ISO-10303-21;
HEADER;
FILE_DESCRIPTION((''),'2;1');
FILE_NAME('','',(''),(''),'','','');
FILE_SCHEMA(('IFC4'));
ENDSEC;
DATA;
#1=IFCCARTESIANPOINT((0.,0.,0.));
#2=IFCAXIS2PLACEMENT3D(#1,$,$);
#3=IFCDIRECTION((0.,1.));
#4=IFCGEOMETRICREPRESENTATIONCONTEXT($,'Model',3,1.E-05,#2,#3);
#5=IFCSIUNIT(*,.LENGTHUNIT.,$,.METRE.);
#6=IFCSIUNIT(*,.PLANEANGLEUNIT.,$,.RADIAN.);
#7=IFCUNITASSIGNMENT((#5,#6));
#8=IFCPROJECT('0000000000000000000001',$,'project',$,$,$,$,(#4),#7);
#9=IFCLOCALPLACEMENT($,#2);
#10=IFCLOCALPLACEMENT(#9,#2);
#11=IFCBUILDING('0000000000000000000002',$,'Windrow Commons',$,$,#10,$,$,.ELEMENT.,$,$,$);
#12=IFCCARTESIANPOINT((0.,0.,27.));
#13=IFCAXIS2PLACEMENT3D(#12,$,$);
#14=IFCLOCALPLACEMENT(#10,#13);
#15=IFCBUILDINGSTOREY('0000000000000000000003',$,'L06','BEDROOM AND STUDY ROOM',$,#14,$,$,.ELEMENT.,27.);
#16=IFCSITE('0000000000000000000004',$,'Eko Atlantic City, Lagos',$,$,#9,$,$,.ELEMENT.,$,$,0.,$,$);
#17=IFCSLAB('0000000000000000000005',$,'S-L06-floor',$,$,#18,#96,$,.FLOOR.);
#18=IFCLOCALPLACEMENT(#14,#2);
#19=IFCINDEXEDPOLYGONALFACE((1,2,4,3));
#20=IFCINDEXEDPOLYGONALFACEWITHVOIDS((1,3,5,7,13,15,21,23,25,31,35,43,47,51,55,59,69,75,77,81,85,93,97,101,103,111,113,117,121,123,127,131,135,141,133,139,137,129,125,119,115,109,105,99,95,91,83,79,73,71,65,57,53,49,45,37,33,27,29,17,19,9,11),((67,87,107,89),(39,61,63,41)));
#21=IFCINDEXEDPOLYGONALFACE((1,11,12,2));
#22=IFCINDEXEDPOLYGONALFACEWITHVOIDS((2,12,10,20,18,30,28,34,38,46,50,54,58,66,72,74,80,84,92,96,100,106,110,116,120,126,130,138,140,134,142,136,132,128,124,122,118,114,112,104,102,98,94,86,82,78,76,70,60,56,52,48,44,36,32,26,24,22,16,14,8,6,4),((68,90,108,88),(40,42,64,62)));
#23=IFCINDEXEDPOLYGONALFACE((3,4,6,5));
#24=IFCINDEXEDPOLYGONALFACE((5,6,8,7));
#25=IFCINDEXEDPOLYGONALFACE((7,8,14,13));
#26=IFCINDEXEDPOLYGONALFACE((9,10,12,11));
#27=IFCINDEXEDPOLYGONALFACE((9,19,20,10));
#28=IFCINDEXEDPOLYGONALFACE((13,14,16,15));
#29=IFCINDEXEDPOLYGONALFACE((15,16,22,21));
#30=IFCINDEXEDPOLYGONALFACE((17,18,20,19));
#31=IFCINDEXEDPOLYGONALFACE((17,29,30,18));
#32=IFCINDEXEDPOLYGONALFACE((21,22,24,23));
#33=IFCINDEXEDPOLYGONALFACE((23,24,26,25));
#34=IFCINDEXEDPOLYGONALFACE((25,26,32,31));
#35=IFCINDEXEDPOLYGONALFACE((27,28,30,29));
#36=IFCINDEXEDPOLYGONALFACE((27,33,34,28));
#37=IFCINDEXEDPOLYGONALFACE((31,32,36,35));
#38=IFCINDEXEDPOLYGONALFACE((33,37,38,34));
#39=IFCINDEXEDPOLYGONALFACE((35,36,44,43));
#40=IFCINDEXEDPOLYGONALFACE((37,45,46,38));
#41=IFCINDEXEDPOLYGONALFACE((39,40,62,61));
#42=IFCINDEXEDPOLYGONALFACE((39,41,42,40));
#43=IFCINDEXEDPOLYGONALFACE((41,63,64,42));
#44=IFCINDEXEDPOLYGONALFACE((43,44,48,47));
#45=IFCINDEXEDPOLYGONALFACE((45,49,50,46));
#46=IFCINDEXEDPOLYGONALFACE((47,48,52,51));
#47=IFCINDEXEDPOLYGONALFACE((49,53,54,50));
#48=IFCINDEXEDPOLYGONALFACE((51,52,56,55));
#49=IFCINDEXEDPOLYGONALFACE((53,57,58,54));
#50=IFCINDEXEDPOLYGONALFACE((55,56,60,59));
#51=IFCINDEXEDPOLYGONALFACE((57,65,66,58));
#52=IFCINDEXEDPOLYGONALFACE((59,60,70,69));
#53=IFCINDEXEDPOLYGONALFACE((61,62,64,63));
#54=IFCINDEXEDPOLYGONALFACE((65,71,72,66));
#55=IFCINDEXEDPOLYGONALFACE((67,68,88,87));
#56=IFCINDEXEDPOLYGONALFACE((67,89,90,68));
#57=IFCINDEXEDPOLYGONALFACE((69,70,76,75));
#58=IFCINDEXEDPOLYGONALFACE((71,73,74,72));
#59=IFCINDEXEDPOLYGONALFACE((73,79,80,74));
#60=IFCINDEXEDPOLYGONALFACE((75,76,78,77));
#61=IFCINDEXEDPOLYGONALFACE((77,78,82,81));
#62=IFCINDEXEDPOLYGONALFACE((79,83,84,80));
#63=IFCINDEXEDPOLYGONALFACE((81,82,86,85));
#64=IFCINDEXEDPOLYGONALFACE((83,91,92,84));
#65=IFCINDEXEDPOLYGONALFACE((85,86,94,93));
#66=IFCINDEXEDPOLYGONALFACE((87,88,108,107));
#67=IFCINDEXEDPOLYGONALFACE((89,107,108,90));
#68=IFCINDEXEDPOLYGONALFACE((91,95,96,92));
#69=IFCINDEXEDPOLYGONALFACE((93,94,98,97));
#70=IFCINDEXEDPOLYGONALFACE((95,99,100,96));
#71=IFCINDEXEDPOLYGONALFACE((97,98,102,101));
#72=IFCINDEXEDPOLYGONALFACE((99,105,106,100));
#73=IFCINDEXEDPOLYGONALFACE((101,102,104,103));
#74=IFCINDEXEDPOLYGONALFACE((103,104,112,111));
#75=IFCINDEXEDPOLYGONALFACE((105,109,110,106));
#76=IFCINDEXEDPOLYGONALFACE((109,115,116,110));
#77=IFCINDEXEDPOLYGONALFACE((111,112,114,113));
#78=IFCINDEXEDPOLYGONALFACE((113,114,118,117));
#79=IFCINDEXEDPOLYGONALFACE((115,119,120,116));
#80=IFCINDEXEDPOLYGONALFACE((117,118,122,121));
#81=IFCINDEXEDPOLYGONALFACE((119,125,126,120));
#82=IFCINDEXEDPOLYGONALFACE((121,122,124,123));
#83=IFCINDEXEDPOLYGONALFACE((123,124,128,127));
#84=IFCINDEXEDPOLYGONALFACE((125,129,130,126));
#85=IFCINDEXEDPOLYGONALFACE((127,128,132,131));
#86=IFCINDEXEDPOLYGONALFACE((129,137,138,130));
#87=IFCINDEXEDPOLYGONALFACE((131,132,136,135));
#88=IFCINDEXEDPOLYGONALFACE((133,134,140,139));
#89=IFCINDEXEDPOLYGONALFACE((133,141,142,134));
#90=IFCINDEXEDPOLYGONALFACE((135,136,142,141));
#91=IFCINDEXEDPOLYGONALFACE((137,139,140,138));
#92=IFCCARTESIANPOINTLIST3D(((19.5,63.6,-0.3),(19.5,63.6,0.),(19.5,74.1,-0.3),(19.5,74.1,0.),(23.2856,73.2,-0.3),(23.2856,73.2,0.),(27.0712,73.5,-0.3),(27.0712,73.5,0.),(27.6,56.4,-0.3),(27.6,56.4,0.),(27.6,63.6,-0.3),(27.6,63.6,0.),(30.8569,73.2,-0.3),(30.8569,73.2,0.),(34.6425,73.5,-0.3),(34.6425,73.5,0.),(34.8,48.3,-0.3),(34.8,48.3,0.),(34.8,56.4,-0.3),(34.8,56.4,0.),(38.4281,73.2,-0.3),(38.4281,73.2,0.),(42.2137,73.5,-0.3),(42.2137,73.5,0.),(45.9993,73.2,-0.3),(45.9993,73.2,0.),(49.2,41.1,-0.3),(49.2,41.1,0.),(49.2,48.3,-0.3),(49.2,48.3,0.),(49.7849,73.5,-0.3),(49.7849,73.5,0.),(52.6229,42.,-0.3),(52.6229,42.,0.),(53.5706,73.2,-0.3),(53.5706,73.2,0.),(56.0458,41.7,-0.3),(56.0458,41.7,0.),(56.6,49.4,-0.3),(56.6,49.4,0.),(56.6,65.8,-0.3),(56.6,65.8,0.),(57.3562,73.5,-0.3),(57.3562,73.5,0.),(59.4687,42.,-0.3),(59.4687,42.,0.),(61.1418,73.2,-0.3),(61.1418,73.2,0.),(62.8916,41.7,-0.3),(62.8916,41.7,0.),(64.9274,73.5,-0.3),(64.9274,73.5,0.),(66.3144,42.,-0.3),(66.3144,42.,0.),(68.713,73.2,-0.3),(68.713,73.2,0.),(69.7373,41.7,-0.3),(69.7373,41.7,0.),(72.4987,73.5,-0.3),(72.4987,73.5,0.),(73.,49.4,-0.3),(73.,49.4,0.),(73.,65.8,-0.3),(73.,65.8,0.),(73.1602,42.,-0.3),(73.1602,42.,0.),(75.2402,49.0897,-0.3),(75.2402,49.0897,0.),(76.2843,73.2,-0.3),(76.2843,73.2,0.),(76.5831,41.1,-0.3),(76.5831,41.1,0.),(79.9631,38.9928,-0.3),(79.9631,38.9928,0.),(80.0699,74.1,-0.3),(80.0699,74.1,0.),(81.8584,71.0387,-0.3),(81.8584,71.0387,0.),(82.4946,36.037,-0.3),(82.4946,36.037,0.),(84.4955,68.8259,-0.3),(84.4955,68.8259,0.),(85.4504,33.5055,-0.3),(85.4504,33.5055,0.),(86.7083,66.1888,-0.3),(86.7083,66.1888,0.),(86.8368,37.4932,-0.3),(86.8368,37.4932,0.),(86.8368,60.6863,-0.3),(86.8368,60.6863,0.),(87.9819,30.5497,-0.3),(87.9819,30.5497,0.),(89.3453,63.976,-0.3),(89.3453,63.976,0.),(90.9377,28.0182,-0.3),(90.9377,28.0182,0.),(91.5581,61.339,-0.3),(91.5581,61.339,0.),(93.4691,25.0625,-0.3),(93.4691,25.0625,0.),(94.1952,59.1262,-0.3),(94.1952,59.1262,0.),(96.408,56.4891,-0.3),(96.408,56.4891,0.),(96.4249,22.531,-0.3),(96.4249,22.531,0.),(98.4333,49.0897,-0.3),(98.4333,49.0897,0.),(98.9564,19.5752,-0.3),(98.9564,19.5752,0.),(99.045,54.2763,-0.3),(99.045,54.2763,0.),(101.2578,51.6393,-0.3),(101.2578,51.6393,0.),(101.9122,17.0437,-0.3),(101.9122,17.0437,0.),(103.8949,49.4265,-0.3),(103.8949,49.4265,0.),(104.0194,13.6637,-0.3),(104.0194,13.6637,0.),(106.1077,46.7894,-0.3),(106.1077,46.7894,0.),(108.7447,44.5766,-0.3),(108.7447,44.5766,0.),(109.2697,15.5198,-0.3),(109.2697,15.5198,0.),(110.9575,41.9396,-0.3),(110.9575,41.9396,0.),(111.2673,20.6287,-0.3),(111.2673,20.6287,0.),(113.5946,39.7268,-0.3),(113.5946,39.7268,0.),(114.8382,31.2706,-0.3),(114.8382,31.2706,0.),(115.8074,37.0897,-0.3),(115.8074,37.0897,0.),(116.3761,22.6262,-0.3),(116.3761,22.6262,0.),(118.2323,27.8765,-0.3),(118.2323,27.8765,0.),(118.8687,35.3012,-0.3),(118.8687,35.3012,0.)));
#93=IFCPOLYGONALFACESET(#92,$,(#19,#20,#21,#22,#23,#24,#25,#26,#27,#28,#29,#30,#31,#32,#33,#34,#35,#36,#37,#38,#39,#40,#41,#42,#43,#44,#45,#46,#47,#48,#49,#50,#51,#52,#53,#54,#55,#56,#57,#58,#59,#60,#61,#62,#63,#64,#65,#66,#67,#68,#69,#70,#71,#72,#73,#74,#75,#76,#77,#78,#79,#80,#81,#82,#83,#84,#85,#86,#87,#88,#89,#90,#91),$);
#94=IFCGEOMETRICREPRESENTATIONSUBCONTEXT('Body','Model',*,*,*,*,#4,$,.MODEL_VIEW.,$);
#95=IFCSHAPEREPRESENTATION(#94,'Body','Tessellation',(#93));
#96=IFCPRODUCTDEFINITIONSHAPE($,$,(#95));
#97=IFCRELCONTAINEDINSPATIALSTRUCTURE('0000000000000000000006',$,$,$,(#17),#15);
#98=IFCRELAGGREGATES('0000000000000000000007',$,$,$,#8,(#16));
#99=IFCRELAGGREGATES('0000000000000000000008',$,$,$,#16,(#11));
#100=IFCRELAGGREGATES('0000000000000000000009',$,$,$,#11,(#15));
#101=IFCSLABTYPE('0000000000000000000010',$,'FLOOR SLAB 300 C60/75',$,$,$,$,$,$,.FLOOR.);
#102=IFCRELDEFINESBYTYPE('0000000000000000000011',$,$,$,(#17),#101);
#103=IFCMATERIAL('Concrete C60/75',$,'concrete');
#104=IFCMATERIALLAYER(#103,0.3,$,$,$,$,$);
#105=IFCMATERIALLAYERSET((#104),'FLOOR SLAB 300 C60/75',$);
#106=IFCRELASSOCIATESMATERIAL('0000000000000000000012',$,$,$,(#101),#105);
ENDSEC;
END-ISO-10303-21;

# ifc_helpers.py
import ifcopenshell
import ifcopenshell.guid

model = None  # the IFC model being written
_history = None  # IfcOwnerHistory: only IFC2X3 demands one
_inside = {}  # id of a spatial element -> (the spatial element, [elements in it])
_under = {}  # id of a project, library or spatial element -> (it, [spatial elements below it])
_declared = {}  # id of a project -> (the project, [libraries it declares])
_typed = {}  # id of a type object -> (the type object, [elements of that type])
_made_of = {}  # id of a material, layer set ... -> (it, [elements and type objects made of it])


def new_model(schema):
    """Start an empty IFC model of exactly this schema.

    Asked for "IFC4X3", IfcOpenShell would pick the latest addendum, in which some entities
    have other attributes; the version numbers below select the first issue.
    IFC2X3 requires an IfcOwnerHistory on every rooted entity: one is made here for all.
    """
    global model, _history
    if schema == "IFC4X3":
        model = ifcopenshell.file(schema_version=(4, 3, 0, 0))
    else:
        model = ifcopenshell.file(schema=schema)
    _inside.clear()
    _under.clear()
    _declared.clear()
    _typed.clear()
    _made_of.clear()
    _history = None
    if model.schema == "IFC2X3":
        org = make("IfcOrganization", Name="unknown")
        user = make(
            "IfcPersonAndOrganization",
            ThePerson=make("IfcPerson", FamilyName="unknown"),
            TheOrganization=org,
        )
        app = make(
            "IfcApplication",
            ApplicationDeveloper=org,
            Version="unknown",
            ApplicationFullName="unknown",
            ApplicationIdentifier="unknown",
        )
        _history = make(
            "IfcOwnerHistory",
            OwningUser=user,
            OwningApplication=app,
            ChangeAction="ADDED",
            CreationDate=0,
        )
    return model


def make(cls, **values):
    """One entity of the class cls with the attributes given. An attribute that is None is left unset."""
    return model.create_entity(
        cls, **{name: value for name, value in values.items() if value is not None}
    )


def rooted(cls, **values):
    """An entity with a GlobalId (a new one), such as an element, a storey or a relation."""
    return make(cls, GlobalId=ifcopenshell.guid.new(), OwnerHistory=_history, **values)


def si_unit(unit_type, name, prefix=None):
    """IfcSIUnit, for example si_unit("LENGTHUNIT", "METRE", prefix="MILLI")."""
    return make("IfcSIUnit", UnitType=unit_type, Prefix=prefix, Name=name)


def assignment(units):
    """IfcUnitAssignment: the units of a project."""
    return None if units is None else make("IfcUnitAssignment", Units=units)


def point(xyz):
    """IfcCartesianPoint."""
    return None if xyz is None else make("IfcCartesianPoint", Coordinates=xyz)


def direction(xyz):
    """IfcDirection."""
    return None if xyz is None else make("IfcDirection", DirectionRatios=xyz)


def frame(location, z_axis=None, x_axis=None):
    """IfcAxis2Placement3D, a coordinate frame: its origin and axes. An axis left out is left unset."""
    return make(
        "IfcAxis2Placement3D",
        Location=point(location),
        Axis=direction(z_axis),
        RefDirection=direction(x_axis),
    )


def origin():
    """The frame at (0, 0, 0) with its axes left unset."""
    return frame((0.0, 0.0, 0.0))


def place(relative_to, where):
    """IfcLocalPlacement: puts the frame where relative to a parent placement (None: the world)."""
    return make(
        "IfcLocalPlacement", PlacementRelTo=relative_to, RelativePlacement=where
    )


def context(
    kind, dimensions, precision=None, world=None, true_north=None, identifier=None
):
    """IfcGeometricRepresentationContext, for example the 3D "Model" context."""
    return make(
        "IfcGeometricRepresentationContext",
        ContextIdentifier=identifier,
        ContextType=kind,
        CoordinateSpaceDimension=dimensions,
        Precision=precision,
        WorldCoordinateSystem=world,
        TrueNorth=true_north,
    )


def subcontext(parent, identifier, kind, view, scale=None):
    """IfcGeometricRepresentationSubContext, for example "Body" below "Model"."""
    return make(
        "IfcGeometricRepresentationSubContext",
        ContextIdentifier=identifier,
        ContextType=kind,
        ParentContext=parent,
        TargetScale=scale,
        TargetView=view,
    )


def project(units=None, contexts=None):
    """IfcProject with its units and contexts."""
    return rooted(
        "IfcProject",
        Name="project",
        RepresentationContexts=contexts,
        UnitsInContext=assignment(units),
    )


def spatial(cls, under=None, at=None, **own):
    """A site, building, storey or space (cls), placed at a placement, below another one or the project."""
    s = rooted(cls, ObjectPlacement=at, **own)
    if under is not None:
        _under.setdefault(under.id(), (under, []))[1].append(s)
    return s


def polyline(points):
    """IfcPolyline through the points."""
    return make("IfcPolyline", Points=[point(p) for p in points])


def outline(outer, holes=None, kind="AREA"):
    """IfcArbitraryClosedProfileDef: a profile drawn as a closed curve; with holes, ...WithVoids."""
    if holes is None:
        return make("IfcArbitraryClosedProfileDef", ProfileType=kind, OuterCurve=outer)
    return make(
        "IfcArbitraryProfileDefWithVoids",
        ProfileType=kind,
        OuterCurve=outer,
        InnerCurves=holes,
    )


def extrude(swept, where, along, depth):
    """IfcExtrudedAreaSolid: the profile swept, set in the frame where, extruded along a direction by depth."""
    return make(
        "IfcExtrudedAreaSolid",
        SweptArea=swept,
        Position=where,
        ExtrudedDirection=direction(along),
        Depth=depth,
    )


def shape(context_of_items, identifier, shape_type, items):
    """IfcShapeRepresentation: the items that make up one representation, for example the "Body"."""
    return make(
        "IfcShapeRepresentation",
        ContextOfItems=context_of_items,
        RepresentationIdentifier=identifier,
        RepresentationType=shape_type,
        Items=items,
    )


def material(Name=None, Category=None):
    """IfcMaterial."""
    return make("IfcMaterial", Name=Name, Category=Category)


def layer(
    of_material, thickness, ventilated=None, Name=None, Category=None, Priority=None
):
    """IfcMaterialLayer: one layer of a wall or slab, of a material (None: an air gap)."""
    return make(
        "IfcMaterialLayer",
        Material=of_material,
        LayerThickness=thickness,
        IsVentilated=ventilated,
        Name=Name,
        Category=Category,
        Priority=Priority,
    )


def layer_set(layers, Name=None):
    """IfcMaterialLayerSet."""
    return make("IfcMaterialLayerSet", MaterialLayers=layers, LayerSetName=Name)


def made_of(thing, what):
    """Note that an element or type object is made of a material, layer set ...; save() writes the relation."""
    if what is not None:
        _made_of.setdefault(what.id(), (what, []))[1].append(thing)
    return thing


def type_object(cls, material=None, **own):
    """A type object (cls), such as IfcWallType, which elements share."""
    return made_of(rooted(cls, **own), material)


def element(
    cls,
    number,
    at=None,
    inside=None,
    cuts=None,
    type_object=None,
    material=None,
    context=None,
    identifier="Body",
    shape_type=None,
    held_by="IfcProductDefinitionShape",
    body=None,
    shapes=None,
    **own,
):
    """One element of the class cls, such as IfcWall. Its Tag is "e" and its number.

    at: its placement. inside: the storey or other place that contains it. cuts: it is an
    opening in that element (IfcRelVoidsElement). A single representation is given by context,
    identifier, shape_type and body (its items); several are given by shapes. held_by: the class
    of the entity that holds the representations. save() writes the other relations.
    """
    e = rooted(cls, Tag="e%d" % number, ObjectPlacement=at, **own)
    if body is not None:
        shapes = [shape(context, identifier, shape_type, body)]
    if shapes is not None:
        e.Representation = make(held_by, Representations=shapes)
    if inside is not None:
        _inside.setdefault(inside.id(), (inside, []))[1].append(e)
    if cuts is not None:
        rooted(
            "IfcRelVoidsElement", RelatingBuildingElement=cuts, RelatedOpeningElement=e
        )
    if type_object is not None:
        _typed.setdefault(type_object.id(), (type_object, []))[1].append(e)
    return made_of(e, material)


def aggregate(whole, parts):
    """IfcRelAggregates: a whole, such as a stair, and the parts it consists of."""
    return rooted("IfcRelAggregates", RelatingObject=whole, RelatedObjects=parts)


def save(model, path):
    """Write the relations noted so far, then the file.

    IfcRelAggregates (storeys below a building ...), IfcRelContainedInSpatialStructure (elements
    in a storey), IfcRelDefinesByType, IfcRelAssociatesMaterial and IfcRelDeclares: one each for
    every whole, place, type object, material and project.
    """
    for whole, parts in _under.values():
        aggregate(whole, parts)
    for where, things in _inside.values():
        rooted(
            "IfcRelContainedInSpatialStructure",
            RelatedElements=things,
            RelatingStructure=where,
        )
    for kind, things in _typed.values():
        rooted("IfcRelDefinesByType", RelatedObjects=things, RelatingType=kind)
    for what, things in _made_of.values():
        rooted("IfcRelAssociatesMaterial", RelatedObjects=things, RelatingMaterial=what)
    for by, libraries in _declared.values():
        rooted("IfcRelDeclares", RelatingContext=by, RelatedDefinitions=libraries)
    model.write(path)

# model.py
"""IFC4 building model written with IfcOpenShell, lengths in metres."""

from ifc_helpers import new_model, si_unit, direction, frame, origin, place, context, subcontext, project, spatial, polyline, outline, extrude, material, layer, layer_set, type_object, element, save


model = new_model("IFC4")

# Units and contexts
model_context = context("Model", 3, precision=1e-05, world=origin(), true_north=direction((0.0, 1.0)))
body_context = subcontext(model_context, "Body", "Model", "MODEL_VIEW")
ifc_project = project(units=[si_unit("LENGTHUNIT", "METRE"), si_unit("PLANEANGLEUNIT", "RADIAN")], contexts=[model_context])

# Site, building, storey
site_placement = place(None, origin())
site = spatial("IfcSite", under=ifc_project, at=site_placement, Name="Eko Atlantic City, Lagos", CompositionType="ELEMENT", RefElevation=0.0)
building_placement = place(site_placement, origin())
building = spatial("IfcBuilding", under=site, at=building_placement, Name="Windrow Commons", CompositionType="ELEMENT")
storey_placement = place(building_placement, frame((0.0, 0.0, 27.0)))
storey = spatial("IfcBuildingStorey", under=building, at=storey_placement, Name="L06", Description="BEDROOM AND STUDY ROOM", CompositionType="ELEMENT", Elevation=27.0)

# Shared definitions
placement_1 = place(storey_placement, frame((0.0, 0.0, -0.3)))

# Slab, openings
ifc_material_1 = material(Name="Concrete C60/75", Category="concrete")
ifc_layer_1 = layer(ifc_material_1, 0.3)
ifc_layer_set_1 = layer_set([ifc_layer_1], Name="FLOOR SLAB 300 C60/75")
slab_type_1 = type_object("IfcSlabType", Name="FLOOR SLAB 300 C60/75", PredefinedType="FLOOR", material=ifc_layer_set_1)
slab_1 = element("IfcSlab", 1, at=placement_1, inside=storey, type_object=slab_type_1, Name="S-L06-floor", PredefinedType="FLOOR", context=body_context, shape_type="SweptSolid", body=[
    extrude(outline(polyline([(101.9122, 17.0437), (104.0194, 13.6637), (109.2697, 15.5198), (111.2673, 20.6287), (116.3761, 22.6262), (118.2323, 27.8765), (114.8382, 31.2706), (118.8687, 35.3012), (115.8074, 37.0897), (113.5946, 39.7268), (110.9575, 41.9396), (108.7447, 44.5766), (106.1077, 46.7894), (103.8949, 49.4265), (101.2578, 51.6393), (99.045, 54.2763), (96.408, 56.4891), (94.1952, 59.1262), (91.5581, 61.339), (89.3453, 63.976), (86.7083, 66.1888), (84.4955, 68.8259), (81.8584, 71.0387), (80.0699, 74.1), (76.2843, 73.2), (72.4987, 73.5), (68.713, 73.2), (64.9274, 73.5), (61.1418, 73.2), (57.3562, 73.5), (53.5706, 73.2), (49.7849, 73.5), (45.9993, 73.2), (42.2137, 73.5), (38.4281, 73.2), (34.6425, 73.5), (30.8569, 73.2), (27.0712, 73.5), (23.2856, 73.2), (19.5, 74.1), (19.5, 63.6), (27.6, 63.6), (27.6, 56.4), (34.8, 56.4), (34.8, 48.3), (49.2, 48.3), (49.2, 41.1), (52.6229, 42.0), (56.0458, 41.7), (59.4687, 42.0), (62.8916, 41.7), (66.3144, 42.0), (69.7373, 41.7), (73.1602, 42.0), (76.5831, 41.1), (79.9631, 38.9928), (82.4946, 36.037), (85.4504, 33.5055), (87.9819, 30.5497), (90.9377, 28.0182), (93.4691, 25.0625), (96.4249, 22.531), (98.9564, 19.5752), (101.9122, 17.0437)]), holes=[polyline([(75.2402, 49.0897), (86.8368, 60.6863), (98.4333, 49.0897), (86.8368, 37.4932), (75.2402, 49.0897)]), polyline([(56.6, 49.4), (56.6, 65.8), (73.0, 65.8), (73.0, 49.4), (56.6, 49.4)])]), origin(), (0.0, 0.0, 1.0), 0.3),
])
opening_1_placement = place(placement_1, origin())
element("IfcOpeningElement", 2, at=opening_1_placement, cuts=slab_1, PredefinedType="OPENING", context=body_context, shape_type="SweptSolid", body=[
    extrude(outline(polyline([(75.2473, 49.0897), (86.8368, 60.6792), (98.4262, 49.0897), (86.8368, 37.5003), (75.2473, 49.0897)])), origin(), (0.0, 0.0, 1.0), 0.3),
])
opening_2_placement = place(placement_1, origin())
element("IfcOpeningElement", 3, at=opening_2_placement, cuts=slab_1, PredefinedType="OPENING", context=body_context, shape_type="SweptSolid", body=[
    extrude(outline(polyline([(56.605, 49.405), (56.605, 65.795), (72.995, 65.795), (72.995, 49.405), (56.605, 49.405)])), origin(), (0.0, 0.0, 1.0), 0.3),
])

save(model, "model.ifc")
